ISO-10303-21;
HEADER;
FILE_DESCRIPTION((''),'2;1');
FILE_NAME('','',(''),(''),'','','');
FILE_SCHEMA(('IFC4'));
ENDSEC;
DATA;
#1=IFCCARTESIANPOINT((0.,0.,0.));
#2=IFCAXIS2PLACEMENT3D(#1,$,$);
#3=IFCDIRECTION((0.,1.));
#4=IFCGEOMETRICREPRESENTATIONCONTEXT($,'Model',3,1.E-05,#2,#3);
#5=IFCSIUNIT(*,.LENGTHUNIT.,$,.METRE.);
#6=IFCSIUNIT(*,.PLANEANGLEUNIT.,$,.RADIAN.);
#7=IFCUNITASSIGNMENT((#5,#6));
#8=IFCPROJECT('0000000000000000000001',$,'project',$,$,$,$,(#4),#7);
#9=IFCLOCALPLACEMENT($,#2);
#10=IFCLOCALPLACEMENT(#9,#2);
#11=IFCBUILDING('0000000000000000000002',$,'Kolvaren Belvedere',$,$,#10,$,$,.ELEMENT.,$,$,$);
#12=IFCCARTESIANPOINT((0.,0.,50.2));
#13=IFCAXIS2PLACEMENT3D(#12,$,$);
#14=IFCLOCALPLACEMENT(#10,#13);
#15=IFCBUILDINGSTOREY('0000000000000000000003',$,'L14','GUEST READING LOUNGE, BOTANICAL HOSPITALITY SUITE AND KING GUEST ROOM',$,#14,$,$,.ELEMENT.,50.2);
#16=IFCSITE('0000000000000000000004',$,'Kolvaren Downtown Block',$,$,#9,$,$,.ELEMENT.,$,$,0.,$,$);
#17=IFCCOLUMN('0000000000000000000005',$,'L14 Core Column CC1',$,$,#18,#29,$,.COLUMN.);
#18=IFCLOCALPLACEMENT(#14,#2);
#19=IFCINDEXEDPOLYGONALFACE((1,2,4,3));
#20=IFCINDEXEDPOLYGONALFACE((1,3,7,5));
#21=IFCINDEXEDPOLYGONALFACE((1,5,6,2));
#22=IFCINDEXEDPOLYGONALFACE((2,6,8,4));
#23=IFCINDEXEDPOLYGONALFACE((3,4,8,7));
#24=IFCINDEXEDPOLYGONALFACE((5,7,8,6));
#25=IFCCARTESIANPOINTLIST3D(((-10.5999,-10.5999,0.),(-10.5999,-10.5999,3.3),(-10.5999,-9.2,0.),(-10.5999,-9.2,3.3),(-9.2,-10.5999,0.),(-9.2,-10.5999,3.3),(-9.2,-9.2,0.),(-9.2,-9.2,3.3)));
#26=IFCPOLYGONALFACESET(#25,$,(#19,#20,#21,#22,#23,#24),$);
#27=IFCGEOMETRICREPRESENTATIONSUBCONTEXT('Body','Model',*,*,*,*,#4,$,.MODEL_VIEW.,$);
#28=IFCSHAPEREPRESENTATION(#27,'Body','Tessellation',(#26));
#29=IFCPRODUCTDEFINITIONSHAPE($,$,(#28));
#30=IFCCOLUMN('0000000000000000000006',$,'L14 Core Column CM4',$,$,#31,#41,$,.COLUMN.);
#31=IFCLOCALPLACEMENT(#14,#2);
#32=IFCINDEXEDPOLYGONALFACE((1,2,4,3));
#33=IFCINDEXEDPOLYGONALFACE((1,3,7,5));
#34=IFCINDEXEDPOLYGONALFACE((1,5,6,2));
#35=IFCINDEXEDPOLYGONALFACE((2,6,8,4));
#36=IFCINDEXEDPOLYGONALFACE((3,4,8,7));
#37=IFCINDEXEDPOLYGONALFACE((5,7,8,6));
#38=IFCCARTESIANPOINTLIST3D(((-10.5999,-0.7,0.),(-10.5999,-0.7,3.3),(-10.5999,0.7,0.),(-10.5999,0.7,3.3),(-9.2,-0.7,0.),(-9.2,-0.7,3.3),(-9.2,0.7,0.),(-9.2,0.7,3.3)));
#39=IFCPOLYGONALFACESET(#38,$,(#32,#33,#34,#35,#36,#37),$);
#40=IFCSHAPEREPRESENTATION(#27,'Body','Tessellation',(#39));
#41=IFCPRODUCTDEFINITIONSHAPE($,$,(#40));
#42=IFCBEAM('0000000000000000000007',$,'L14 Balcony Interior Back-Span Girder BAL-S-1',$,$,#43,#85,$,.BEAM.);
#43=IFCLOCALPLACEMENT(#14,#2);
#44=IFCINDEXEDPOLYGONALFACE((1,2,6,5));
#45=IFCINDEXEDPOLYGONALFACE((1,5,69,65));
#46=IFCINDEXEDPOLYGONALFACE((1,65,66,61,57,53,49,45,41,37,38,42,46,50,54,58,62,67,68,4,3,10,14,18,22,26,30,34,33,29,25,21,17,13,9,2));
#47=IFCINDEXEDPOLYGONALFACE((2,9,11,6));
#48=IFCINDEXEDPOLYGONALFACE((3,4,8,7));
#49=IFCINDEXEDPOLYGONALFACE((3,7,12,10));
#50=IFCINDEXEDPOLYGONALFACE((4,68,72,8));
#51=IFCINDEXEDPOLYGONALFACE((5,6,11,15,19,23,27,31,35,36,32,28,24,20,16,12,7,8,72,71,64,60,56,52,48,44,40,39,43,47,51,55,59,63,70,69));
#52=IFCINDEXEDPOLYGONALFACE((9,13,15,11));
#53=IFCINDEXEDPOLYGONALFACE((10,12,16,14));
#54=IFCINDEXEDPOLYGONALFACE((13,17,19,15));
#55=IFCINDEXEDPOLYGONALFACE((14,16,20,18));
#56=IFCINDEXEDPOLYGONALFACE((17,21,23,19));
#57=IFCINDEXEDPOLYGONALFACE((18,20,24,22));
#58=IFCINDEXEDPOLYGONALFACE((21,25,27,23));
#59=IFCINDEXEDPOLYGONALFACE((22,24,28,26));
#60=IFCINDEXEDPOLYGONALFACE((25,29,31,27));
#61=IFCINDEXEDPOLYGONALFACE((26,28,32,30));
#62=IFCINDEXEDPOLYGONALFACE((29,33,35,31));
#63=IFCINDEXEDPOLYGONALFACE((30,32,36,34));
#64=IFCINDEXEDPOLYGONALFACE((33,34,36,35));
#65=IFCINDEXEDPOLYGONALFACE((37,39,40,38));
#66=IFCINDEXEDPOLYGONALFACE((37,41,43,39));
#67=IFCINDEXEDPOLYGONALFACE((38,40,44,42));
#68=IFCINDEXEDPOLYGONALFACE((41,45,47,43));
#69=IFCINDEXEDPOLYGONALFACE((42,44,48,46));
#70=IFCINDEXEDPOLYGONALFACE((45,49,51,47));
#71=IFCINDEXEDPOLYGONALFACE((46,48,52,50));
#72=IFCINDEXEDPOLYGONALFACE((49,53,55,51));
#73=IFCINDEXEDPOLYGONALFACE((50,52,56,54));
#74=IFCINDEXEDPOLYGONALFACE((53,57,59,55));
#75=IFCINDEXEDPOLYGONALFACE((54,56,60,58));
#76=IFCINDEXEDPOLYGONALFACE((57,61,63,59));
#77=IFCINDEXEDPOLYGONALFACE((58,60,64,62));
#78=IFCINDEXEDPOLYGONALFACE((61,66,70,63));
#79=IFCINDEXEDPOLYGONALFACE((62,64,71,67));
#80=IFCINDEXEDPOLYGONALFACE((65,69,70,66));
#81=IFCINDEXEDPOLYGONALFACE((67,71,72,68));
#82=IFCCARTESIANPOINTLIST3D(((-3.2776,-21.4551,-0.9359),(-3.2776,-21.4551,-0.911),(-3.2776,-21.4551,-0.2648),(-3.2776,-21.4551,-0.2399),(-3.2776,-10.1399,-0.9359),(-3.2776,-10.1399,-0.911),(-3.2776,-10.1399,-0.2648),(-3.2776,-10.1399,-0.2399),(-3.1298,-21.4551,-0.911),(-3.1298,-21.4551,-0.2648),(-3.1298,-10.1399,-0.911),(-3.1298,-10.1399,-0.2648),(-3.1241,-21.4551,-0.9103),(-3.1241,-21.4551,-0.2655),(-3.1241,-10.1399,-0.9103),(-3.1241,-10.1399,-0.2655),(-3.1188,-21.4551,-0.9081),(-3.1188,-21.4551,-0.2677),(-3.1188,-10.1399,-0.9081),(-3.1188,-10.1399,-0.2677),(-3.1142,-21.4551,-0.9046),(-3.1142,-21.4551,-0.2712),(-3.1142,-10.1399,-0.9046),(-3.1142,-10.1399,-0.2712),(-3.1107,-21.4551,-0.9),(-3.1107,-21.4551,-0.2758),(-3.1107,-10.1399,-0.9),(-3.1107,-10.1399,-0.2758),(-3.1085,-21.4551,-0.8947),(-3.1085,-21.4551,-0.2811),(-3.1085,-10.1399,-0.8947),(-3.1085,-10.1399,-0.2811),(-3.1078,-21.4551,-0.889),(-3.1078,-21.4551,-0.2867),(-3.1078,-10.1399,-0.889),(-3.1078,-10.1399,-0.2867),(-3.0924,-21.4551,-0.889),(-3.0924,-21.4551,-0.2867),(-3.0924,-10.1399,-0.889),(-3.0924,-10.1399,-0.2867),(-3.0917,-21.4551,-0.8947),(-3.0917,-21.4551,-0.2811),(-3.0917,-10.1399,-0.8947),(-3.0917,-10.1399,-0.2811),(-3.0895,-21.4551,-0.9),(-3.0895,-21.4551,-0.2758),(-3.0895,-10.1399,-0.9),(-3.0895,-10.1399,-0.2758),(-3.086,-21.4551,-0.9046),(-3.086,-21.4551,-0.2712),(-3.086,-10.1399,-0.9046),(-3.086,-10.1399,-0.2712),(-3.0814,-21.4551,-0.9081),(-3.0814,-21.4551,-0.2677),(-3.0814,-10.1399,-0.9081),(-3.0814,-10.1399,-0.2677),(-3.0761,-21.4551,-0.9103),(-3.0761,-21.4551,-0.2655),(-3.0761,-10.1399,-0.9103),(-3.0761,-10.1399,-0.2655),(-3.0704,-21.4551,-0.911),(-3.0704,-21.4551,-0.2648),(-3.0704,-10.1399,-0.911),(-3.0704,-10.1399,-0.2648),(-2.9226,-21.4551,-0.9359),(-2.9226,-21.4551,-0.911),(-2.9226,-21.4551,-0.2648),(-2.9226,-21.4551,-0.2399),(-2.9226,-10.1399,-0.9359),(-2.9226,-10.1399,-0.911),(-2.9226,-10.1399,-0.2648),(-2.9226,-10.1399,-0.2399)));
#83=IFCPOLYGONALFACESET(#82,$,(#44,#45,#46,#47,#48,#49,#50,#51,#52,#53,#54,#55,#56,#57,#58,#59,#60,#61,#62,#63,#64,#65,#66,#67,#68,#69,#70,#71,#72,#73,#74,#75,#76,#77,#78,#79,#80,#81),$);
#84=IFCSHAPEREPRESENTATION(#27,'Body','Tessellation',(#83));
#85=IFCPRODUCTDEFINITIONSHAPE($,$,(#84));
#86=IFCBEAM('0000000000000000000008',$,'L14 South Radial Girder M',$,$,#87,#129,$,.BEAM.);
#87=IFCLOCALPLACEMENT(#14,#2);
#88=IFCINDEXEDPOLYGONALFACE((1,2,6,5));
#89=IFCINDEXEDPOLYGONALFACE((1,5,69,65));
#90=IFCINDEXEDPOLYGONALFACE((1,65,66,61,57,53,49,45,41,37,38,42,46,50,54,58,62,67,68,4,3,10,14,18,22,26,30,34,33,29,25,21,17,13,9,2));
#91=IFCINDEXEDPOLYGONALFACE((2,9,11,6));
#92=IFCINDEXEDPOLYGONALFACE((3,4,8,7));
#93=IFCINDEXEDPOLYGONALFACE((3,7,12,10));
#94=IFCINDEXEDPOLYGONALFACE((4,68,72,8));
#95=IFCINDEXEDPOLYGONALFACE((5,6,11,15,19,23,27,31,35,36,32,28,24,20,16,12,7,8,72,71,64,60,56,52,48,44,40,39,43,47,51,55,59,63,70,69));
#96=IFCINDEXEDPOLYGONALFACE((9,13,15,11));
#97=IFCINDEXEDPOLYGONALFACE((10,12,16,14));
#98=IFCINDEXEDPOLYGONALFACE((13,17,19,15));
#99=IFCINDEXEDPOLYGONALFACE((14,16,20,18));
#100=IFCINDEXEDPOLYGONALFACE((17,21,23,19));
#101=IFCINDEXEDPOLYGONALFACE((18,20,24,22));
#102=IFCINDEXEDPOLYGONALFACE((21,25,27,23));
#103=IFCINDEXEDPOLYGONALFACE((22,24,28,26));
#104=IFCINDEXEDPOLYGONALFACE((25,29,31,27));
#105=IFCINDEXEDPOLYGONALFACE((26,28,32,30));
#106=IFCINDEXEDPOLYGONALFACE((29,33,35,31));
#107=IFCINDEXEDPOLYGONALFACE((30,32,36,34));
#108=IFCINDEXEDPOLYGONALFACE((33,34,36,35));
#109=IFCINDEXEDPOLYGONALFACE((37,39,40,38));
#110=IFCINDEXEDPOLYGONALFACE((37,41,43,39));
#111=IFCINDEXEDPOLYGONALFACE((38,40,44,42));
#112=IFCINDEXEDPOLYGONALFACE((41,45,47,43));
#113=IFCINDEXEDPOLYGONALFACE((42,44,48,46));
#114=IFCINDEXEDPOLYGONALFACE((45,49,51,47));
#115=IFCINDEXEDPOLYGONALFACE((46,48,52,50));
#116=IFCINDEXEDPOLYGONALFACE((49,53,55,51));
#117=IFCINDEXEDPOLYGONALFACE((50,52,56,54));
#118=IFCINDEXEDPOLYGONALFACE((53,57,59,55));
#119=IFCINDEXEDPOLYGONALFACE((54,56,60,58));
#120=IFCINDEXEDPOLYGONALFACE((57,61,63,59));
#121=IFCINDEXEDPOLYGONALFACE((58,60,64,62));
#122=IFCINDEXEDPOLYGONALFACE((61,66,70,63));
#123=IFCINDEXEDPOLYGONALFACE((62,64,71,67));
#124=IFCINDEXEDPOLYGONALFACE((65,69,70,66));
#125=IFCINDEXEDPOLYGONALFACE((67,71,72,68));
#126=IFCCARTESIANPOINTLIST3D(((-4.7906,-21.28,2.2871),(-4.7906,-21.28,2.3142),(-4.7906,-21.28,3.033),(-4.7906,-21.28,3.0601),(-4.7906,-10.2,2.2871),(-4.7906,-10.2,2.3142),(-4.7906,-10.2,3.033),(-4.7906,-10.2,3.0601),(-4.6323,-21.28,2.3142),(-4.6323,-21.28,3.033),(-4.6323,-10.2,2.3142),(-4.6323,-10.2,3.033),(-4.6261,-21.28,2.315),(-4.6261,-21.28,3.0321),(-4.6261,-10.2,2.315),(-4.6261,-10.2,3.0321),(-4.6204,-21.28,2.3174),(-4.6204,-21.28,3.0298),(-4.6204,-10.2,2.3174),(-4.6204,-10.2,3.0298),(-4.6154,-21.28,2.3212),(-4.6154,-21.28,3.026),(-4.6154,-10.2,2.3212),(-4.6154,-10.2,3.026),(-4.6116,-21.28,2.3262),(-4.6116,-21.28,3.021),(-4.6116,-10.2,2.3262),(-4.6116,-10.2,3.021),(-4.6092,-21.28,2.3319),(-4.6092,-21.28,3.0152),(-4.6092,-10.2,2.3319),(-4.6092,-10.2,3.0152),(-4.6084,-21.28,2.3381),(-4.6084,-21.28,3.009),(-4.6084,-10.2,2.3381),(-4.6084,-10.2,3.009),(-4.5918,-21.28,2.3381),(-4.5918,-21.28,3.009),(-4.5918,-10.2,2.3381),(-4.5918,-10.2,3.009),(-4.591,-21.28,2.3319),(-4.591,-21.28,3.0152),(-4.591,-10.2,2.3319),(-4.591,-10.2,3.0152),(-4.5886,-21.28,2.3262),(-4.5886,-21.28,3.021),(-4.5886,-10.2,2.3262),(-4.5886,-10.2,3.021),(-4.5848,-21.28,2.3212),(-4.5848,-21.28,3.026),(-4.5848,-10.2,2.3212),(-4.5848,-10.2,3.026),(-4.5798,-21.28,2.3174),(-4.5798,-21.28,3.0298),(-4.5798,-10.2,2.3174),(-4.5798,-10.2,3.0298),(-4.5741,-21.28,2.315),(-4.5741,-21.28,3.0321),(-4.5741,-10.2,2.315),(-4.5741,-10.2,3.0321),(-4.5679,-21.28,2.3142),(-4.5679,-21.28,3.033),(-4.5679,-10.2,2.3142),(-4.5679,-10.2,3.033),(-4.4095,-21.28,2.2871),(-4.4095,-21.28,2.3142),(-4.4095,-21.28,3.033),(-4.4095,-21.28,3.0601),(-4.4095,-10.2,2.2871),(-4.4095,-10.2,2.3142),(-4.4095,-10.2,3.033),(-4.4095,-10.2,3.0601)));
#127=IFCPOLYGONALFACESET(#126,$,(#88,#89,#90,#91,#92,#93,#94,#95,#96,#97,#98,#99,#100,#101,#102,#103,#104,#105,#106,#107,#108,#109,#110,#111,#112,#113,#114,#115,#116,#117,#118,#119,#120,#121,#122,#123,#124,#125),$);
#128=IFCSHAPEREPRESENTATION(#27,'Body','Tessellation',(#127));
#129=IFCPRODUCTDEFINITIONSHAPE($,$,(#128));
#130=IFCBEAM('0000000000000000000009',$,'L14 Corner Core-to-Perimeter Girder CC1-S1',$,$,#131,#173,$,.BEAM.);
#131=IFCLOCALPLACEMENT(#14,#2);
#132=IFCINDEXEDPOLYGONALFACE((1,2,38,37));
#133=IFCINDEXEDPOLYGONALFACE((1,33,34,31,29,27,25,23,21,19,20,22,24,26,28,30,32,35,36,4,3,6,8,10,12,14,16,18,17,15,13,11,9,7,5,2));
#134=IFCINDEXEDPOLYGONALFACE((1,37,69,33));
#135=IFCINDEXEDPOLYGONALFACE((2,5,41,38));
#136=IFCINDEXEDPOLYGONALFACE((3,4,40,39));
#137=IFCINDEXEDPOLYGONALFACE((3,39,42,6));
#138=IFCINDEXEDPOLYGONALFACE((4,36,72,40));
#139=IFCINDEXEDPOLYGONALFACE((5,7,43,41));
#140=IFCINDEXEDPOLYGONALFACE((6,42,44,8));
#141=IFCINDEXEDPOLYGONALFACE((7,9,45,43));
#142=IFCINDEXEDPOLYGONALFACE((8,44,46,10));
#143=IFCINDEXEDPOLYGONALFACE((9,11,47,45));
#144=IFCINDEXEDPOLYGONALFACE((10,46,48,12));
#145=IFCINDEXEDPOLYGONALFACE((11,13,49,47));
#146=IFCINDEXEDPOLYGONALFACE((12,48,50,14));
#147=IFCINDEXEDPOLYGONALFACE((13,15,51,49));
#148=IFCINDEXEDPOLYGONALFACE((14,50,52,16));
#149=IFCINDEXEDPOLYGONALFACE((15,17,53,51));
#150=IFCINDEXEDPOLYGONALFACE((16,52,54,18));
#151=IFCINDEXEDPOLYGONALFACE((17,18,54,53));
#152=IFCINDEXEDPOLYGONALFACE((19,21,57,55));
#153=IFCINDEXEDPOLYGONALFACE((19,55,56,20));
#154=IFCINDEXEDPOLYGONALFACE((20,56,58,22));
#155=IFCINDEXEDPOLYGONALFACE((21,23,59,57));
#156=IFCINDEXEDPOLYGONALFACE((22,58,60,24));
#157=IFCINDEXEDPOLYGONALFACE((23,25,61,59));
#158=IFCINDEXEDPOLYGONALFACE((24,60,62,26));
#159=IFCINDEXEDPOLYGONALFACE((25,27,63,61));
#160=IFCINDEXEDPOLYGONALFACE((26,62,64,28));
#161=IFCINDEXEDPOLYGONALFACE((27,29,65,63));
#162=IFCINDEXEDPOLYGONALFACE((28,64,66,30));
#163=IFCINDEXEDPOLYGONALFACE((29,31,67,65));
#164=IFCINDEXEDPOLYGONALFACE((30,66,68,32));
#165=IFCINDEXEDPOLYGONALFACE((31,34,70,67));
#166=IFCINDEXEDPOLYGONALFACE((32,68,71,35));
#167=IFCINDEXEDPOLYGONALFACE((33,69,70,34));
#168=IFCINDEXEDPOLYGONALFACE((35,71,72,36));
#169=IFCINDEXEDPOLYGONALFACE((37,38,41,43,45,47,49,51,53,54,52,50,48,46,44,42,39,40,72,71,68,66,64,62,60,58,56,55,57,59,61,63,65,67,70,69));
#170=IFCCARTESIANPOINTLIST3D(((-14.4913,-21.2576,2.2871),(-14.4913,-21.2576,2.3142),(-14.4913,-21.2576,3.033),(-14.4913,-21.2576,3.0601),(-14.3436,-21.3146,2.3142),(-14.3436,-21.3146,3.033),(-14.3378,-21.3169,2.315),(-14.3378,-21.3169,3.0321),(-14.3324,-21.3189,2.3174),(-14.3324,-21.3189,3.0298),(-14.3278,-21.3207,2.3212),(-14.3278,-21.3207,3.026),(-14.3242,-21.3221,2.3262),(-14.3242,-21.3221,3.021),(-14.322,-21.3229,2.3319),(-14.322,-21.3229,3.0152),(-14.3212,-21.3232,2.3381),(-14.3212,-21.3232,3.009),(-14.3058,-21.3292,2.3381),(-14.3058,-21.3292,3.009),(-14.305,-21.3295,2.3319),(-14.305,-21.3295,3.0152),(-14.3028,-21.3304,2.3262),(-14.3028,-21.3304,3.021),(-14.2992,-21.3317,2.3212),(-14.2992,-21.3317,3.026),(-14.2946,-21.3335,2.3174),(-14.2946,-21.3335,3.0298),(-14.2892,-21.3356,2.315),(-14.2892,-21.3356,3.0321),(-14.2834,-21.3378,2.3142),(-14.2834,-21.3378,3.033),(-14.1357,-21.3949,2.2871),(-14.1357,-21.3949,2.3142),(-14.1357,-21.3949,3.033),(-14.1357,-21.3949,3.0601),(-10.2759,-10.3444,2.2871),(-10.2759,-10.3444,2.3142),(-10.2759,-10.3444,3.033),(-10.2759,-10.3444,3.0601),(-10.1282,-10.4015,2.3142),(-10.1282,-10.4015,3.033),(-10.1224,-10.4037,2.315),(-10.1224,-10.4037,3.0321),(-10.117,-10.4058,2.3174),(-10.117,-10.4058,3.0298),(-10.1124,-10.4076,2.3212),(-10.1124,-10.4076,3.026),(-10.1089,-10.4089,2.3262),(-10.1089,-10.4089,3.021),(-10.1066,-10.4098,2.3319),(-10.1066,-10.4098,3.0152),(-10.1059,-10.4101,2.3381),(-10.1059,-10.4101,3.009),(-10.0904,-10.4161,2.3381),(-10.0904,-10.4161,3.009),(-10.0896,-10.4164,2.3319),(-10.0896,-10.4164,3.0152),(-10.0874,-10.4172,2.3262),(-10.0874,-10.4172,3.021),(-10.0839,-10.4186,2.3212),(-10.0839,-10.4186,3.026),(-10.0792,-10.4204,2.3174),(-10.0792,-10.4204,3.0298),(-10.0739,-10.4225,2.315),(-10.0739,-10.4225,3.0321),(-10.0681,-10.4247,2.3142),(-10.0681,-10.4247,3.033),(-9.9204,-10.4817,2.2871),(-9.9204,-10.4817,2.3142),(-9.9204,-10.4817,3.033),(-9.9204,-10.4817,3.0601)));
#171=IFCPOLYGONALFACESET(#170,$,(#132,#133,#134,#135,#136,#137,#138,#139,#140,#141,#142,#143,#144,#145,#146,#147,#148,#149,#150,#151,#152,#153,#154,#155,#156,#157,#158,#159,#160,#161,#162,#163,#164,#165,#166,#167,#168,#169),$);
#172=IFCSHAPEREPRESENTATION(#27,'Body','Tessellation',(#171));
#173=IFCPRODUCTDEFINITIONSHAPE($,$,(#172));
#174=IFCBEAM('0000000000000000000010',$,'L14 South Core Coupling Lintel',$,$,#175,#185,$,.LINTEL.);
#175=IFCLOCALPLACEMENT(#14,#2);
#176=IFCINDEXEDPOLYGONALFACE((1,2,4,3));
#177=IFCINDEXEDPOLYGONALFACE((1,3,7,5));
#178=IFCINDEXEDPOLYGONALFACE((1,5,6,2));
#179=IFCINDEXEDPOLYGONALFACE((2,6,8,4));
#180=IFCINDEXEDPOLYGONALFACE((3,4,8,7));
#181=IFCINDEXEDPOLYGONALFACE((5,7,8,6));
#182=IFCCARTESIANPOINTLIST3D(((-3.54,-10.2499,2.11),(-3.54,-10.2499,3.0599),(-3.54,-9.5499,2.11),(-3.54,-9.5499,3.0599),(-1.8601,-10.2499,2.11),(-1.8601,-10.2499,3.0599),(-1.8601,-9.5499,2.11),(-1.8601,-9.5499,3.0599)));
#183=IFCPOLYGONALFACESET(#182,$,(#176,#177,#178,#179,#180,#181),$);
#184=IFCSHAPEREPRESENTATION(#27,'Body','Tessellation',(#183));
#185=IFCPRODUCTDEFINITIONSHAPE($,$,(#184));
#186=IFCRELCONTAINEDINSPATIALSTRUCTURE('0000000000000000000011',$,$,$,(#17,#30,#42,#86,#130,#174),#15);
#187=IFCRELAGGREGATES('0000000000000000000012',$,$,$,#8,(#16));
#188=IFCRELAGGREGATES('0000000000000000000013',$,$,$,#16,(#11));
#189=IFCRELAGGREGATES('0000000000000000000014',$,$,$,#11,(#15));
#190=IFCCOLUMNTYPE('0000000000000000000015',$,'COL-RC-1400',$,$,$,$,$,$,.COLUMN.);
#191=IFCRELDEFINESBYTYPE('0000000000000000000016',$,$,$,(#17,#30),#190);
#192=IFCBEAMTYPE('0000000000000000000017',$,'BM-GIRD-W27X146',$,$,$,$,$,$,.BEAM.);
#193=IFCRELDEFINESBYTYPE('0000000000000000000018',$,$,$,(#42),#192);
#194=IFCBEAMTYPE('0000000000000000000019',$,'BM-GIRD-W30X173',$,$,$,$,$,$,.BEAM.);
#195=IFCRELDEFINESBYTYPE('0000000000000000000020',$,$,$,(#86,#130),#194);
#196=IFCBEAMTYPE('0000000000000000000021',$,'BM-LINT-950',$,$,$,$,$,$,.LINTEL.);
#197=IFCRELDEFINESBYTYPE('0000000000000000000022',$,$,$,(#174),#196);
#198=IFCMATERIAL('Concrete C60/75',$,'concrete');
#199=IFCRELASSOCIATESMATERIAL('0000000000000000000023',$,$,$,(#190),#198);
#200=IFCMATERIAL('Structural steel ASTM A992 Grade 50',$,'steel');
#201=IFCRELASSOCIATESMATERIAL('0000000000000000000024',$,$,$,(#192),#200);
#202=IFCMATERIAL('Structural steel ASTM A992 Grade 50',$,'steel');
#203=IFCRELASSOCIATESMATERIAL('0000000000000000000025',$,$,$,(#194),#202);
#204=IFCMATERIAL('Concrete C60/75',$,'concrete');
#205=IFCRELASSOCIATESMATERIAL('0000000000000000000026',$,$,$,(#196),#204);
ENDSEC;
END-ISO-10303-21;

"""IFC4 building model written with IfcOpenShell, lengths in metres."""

from ifc_helpers import new_model, si_unit, direction, frame, origin, origin_2d, place, context, subcontext, project, spatial, rectangle, i_section, extrude, material, material_profile, profile_set, type_object, element, save


model = new_model("IFC4")

# Units and contexts
model_context = context("Model", 3, precision=1e-05, world=origin(), true_north=direction((0.0, 1.0)))
body_context = subcontext(model_context, "Body", "Model", "MODEL_VIEW")
ifc_project = project(units=[si_unit("LENGTHUNIT", "METRE"), si_unit("PLANEANGLEUNIT", "RADIAN")], contexts=[model_context])

# Site, building, storey
site_placement = place(None, origin())
site = spatial("IfcSite", under=ifc_project, at=site_placement, Name="Kolvaren Downtown Block", CompositionType="ELEMENT", RefElevation=0.0)
building_placement = place(site_placement, origin())
building = spatial("IfcBuilding", under=site, at=building_placement, Name="Kolvaren Belvedere", CompositionType="ELEMENT")
storey_placement = place(building_placement, frame((0.0, 0.0, 50.2)))
storey = spatial("IfcBuildingStorey", under=building, at=storey_placement, Name="L14", Description="GUEST READING LOUNGE, BOTANICAL HOSPITALITY SUITE AND KING GUEST ROOM", CompositionType="ELEMENT", Elevation=50.2)

# Columns
ifc_material_1 = material(Name="Concrete C60/75", Category="concrete")
ifc_material_profile_1 = material_profile(ifc_material_1, rectangle(XDim=1.3999, YDim=1.3999, at=origin_2d()), Name="RC 1400X1400")
ifc_profile_set_1 = profile_set([ifc_material_profile_1], Name="Concrete C60/75")
column_type = type_object("IfcColumnType", Name="COL-RC-1400", PredefinedType="COLUMN", material=ifc_profile_set_1)
for number, where, z_axis, x_axis, name in (
    (1, (-9.8999, -9.8999, 0.0), (0.0, 0.0, 1.0), (1.0, 0.0, 0.0), "L14 Core Column CC1"),
    (2, (-9.8999, 0.0, 0.0), (0.0, 0.0, 1.0), (1.0, 0.0, 0.0), "L14 Core Column CM4"),
):
    element("IfcColumn", number, at=place(storey_placement, frame(where, z_axis=z_axis, x_axis=x_axis)), inside=storey, type_object=column_type, Name=name, PredefinedType="COLUMN", context=body_context, shape_type="SweptSolid", body=[
        extrude(rectangle(XDim=1.3999, YDim=1.3999, at=origin_2d()), origin(), (0.0, 0.0, 1.0), 3.3),
    ])

# Beams
ifc_material_2 = material(Name="Structural steel ASTM A992 Grade 50", Category="steel")
ifc_material_profile_2 = material_profile(ifc_material_2, i_section(OverallWidth=0.355, OverallDepth=0.696, WebThickness=0.0154, FlangeThickness=0.0249, FilletRadius=0.022, at=origin_2d()), Name="W27X146")
ifc_profile_set_2 = profile_set([ifc_material_profile_2], Name="Structural steel ASTM A992 Grade 50")
beam_type_1 = type_object("IfcBeamType", Name="BM-GIRD-W27X146", PredefinedType="BEAM", material=ifc_profile_set_2)
beam_1_placement = place(storey_placement, frame((-3.1001, -10.1399, -0.5879), z_axis=(0.0, -1.0, 0.0), x_axis=(1.0, 0.0, 0.0)))
element("IfcBeam", 3, at=beam_1_placement, inside=storey, type_object=beam_type_1, Name="L14 Balcony Interior Back-Span Girder BAL-S-1", PredefinedType="BEAM", context=body_context, shape_type="SweptSolid", body=[
    extrude(i_section(OverallWidth=0.355, OverallDepth=0.696, WebThickness=0.0154, FlangeThickness=0.0249, FilletRadius=0.022, at=origin_2d()), origin(), (0.0, 0.0, 1.0), 11.3152),
])
ifc_material_3 = material(Name="Structural steel ASTM A992 Grade 50", Category="steel")
ifc_material_profile_3 = material_profile(ifc_material_3, i_section(OverallWidth=0.3811, OverallDepth=0.7729, WebThickness=0.0166, FlangeThickness=0.0271, FilletRadius=0.0239, at=origin_2d()), Name="W30X173")
ifc_profile_set_3 = profile_set([ifc_material_profile_3], Name="Structural steel ASTM A992 Grade 50")
beam_type_2 = type_object("IfcBeamType", Name="BM-GIRD-W30X173", PredefinedType="BEAM", material=ifc_profile_set_3)
beam_2_placement = place(storey_placement, frame((-4.6001, -10.2, 2.6736), z_axis=(0.0, -1.0, 0.0), x_axis=(1.0, 0.0, 0.0)))
element("IfcBeam", 4, at=beam_2_placement, inside=storey, type_object=beam_type_2, Name="L14 South Radial Girder M", PredefinedType="BEAM", context=body_context, shape_type="SweptSolid", body=[
    extrude(i_section(OverallWidth=0.3811, OverallDepth=0.7729, WebThickness=0.0166, FlangeThickness=0.0271, FilletRadius=0.0239, at=origin_2d()), origin(), (0.0, 0.0, 1.0), 11.0801),
])
beam_3_placement = place(storey_placement, frame((-10.0981, -10.4131, 2.6736), z_axis=(-0.360318, -0.932829, 0.0), x_axis=(0.932829, -0.360318, 0.0)))
element("IfcBeam", 5, at=beam_3_placement, inside=storey, type_object=beam_type_2, Name="L14 Corner Core-to-Perimeter Girder CC1-S1", PredefinedType="BEAM", context=body_context, shape_type="SweptSolid", body=[
    extrude(i_section(OverallWidth=0.3811, OverallDepth=0.7729, WebThickness=0.0166, FlangeThickness=0.0271, FilletRadius=0.0239, at=origin_2d()), origin(), (0.0, 0.0, 1.0), 11.699),
])
ifc_material_4 = material(Name="Concrete C60/75", Category="concrete")
ifc_material_profile_4 = material_profile(ifc_material_4, rectangle(XDim=0.7, YDim=0.95, at=origin_2d()), Name="RC 700X950")
ifc_profile_set_4 = profile_set([ifc_material_profile_4], Name="Concrete C60/75")
beam_type_3 = type_object("IfcBeamType", Name="BM-LINT-950", PredefinedType="LINTEL", material=ifc_profile_set_4)
beam_4_placement = place(storey_placement, frame((-3.54, -9.8999, 2.585), z_axis=(1.0, 0.0, 0.0), x_axis=(0.0, 1.0, 0.0)))
element("IfcBeam", 6, at=beam_4_placement, inside=storey, type_object=beam_type_3, Name="L14 South Core Coupling Lintel", PredefinedType="LINTEL", context=body_context, shape_type="SweptSolid", body=[
    extrude(rectangle(XDim=0.7, YDim=0.95, at=origin_2d()), origin(), (0.0, 0.0, 1.0), 1.6799),
])

save(model, "model.ifc")
